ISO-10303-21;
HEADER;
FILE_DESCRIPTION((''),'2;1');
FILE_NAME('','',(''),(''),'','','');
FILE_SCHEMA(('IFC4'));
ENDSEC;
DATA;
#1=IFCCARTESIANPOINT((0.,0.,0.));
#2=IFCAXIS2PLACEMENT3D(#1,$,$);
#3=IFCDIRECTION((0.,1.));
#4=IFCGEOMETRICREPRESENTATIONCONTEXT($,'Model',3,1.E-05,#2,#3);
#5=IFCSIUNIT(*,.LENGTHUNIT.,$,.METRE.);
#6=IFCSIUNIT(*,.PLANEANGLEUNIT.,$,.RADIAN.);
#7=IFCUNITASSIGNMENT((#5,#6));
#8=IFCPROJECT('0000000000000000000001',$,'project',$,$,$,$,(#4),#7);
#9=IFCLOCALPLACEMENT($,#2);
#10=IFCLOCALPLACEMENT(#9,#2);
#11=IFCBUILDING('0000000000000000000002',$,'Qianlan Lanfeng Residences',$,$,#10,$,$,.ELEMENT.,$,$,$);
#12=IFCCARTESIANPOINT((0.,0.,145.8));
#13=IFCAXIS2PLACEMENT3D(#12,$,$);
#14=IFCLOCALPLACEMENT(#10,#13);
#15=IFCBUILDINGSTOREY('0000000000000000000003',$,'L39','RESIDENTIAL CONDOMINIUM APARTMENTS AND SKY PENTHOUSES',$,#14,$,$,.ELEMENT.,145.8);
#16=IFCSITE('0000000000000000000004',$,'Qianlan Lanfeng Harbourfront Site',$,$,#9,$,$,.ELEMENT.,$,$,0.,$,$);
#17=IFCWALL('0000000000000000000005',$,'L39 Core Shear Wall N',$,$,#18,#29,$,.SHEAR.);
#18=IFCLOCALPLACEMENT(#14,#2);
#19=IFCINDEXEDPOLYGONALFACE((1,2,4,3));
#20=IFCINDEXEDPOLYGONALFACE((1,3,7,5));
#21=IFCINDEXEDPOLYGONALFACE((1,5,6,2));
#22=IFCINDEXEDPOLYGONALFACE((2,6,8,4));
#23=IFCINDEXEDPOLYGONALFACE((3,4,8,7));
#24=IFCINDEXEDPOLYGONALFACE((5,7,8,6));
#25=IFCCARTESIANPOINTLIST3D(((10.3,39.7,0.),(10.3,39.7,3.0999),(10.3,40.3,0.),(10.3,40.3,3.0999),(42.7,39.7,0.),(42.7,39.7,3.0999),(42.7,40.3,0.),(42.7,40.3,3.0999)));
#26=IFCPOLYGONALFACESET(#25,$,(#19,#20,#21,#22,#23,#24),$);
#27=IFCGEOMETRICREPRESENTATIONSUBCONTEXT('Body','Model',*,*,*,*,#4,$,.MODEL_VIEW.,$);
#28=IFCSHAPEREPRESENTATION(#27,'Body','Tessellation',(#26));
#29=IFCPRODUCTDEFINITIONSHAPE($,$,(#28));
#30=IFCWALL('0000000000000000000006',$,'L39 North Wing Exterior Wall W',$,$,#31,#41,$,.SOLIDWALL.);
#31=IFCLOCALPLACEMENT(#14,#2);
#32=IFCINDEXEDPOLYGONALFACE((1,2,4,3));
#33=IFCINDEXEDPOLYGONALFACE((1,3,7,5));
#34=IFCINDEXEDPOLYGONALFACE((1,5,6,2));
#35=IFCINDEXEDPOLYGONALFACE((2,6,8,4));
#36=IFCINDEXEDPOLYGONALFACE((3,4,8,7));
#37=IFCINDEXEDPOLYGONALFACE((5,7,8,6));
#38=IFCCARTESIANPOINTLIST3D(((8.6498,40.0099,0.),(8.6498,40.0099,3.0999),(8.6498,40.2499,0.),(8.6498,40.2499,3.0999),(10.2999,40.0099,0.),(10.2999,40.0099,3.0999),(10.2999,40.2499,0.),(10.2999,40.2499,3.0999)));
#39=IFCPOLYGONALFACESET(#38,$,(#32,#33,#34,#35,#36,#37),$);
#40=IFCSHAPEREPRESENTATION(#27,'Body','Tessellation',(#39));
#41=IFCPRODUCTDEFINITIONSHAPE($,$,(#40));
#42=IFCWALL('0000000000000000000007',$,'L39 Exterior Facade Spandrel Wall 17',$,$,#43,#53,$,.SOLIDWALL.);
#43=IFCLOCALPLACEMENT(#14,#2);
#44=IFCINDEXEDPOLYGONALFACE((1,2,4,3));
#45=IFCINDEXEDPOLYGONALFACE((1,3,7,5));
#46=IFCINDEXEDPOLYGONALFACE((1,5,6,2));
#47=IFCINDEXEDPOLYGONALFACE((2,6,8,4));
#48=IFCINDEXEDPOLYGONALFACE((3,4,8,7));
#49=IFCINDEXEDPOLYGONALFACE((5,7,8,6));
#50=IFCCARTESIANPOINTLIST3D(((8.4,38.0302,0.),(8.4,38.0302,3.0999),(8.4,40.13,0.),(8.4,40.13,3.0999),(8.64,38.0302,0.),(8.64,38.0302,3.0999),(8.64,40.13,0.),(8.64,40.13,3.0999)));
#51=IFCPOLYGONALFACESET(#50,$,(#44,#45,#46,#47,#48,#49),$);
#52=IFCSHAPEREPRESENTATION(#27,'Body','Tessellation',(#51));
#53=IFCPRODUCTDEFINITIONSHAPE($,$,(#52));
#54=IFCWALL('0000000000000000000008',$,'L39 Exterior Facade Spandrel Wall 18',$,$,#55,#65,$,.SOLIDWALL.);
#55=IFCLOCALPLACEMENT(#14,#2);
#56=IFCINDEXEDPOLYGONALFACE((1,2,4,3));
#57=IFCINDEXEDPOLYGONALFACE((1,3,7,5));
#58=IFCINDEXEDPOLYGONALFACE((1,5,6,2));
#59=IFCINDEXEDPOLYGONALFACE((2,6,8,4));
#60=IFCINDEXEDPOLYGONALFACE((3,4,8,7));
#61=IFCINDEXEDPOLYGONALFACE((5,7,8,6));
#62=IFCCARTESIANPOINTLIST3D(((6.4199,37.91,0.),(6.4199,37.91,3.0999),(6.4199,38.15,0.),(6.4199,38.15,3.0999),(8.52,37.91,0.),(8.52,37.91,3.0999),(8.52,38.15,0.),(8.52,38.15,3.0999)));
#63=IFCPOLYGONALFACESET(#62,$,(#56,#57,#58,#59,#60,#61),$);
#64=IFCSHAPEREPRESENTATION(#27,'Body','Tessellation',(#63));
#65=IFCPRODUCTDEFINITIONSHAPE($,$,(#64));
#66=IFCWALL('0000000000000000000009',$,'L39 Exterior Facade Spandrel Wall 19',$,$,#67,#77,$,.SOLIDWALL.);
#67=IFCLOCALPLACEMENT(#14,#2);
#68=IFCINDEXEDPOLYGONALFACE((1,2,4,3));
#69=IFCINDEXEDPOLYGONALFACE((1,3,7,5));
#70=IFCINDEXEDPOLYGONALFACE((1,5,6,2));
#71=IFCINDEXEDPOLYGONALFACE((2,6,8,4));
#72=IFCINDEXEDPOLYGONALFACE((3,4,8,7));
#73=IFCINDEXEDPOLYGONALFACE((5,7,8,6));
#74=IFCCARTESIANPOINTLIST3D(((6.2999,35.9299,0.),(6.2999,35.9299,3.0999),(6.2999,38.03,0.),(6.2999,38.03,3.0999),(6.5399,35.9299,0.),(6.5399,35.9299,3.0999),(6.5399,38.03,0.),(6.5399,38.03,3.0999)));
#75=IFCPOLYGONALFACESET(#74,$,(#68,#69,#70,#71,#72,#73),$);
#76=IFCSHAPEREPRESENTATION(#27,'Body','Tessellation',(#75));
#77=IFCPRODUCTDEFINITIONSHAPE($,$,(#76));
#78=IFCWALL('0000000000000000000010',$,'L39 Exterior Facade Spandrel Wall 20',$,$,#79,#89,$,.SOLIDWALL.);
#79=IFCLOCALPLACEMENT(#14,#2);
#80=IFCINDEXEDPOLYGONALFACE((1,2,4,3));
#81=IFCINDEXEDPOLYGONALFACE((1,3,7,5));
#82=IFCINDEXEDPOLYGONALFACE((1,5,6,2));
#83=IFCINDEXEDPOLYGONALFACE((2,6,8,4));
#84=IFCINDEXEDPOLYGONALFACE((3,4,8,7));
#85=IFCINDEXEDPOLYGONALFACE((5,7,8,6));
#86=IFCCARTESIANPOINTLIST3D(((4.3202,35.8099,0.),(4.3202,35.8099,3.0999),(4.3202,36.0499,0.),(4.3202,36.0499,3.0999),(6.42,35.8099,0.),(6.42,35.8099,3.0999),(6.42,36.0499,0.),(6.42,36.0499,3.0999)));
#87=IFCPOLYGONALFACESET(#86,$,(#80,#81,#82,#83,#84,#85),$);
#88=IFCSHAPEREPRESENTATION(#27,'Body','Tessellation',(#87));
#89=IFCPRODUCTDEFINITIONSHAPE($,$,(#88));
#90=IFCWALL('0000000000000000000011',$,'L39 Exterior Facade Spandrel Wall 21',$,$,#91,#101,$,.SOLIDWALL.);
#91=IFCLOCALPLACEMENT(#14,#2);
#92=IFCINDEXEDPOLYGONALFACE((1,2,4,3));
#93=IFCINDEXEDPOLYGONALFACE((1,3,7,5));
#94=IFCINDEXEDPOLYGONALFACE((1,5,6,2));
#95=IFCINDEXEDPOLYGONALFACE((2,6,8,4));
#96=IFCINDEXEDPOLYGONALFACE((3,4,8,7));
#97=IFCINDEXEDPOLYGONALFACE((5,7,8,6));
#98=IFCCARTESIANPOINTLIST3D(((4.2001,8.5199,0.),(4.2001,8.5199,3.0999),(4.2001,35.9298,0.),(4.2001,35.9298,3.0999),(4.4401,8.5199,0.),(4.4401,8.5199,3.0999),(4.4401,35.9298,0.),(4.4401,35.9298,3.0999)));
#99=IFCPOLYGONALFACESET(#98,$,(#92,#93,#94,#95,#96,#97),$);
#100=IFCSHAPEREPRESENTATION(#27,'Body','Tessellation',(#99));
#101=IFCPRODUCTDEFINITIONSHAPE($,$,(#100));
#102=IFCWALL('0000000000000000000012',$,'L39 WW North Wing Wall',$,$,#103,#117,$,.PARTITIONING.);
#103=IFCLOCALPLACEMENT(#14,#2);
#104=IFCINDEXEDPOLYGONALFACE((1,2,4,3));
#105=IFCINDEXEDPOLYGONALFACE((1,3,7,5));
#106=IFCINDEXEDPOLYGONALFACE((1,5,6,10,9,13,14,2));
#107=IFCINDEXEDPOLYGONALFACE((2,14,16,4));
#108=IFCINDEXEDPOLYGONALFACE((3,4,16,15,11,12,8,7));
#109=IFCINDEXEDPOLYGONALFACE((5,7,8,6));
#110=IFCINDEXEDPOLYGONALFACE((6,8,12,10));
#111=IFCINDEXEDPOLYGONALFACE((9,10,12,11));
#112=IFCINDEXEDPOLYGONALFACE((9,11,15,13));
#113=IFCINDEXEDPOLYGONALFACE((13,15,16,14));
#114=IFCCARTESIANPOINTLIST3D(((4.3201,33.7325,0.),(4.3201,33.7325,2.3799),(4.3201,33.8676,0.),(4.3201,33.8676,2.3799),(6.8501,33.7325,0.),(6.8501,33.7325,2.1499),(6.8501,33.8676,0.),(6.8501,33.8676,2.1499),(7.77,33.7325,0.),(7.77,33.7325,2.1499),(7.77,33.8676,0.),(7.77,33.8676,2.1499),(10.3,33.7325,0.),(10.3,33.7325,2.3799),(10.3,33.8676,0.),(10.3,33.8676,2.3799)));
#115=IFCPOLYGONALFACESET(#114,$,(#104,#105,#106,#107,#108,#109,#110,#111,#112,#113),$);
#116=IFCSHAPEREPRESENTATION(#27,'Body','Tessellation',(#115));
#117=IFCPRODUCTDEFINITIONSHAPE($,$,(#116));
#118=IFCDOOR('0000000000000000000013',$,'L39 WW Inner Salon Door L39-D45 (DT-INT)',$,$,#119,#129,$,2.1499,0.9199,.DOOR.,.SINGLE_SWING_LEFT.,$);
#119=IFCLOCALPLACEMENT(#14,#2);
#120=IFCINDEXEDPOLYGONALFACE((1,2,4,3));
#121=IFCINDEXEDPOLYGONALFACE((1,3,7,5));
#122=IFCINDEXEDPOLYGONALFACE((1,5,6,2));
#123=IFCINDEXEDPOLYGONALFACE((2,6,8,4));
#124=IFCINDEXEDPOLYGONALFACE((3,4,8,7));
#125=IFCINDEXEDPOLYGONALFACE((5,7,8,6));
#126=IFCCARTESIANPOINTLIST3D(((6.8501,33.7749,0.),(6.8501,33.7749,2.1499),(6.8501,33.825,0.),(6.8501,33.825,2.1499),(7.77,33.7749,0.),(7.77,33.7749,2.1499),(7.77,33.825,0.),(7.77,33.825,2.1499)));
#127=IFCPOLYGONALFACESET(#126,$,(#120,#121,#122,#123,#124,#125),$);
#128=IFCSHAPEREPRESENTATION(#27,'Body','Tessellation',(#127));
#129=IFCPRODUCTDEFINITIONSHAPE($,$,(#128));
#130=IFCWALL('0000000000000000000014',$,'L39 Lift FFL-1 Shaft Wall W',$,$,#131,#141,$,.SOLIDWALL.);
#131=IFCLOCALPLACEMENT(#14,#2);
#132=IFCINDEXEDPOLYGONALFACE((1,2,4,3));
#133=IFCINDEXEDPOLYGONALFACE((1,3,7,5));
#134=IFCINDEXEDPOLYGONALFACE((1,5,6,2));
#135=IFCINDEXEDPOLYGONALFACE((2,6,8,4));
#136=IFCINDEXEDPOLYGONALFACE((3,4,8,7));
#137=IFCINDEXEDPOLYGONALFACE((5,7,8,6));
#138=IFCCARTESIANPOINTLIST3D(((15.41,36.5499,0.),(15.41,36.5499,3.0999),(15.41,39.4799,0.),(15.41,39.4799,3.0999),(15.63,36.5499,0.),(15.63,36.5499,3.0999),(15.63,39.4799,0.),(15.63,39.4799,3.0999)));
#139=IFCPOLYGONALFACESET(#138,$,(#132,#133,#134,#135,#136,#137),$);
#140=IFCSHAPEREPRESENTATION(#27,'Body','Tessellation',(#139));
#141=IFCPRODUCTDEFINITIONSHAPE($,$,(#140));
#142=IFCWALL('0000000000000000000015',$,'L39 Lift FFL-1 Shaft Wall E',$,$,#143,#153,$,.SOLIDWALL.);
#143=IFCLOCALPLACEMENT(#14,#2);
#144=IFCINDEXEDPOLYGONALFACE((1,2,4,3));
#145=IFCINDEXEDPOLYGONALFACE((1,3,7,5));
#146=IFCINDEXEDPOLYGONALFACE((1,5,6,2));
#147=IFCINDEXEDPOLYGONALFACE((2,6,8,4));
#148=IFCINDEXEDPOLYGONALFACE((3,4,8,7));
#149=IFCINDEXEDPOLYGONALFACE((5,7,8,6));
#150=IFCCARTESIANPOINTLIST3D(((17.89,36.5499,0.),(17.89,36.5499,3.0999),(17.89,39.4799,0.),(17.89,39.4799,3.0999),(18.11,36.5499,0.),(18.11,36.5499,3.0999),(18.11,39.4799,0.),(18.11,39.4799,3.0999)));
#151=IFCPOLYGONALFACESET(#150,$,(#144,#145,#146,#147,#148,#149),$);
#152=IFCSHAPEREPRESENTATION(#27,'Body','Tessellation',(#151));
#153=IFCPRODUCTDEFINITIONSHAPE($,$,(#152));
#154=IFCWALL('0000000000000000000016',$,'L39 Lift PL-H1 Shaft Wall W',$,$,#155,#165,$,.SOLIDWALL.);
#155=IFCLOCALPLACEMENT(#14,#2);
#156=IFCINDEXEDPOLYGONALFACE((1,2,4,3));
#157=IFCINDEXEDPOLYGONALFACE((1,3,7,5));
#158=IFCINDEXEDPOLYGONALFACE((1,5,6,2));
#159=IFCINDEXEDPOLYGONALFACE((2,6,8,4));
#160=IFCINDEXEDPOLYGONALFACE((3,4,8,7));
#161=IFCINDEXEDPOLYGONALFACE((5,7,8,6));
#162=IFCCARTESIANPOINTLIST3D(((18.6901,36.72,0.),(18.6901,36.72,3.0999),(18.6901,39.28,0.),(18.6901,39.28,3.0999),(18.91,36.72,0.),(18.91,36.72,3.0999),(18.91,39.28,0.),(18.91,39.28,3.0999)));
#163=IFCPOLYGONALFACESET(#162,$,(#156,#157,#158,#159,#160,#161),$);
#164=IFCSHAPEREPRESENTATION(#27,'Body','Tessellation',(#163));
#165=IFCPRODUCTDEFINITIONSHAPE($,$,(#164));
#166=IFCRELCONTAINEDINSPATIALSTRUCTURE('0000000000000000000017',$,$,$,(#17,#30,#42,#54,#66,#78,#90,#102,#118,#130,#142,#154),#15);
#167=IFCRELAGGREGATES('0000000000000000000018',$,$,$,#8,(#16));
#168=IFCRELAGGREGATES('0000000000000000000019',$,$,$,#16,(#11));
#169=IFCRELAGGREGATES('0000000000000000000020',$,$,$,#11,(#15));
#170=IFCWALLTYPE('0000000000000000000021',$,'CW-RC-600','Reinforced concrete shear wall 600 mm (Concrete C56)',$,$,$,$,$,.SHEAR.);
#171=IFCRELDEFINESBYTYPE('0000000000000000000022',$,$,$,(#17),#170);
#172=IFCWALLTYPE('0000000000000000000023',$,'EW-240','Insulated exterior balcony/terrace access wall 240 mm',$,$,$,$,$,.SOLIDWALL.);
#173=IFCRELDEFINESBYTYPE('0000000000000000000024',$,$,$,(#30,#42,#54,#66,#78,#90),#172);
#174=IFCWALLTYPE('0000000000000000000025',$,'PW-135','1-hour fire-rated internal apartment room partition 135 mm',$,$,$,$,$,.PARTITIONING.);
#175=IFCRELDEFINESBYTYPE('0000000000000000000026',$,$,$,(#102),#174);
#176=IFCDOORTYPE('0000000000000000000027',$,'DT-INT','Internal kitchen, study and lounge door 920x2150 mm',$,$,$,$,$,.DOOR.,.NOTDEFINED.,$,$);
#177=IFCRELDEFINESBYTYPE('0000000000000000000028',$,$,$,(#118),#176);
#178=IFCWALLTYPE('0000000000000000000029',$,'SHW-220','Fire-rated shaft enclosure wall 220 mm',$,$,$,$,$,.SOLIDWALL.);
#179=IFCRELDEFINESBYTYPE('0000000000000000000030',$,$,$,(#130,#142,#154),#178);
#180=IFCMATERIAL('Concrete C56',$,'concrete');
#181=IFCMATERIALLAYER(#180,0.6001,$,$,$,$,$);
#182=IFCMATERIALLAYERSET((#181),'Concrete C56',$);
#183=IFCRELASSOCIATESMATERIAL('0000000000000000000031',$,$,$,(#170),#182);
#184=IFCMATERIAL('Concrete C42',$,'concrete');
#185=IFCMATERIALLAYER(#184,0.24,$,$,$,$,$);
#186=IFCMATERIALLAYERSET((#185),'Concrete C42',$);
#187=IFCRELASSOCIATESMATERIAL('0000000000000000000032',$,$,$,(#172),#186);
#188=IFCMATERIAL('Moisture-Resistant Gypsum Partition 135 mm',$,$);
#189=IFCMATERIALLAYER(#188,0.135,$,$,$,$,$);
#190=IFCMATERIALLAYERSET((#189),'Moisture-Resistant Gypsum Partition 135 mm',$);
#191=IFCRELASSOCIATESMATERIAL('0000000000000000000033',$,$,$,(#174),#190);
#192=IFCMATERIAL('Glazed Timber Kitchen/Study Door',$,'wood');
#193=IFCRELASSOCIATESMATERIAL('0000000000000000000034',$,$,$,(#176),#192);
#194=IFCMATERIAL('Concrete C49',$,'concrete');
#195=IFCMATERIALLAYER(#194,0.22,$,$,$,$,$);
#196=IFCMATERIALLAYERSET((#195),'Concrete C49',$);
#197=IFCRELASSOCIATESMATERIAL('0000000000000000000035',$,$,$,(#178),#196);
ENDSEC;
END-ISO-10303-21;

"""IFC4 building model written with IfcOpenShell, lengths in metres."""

from ifc_helpers import new_model, si_unit, direction, frame, frame_2d, origin, place, context, subcontext, project, spatial, rectangle, extrude, material, layer, layer_set, type_object, element, fill, save


model = new_model("IFC4")

# Units and contexts
model_context = context("Model", 3, precision=1e-05, world=origin(), true_north=direction((0.0, 1.0)))
body_context = subcontext(model_context, "Body", "Model", "MODEL_VIEW")
ifc_project = project(units=[si_unit("LENGTHUNIT", "METRE"), si_unit("PLANEANGLEUNIT", "RADIAN")], contexts=[model_context])

# Site, building, storey
site_placement = place(None, origin())
site = spatial("IfcSite", under=ifc_project, at=site_placement, Name="Qianlan Lanfeng Harbourfront Site", CompositionType="ELEMENT", RefElevation=0.0)
building_placement = place(site_placement, origin())
building = spatial("IfcBuilding", under=site, at=building_placement, Name="Qianlan Lanfeng Residences", CompositionType="ELEMENT")
storey_placement = place(building_placement, frame((0.0, 0.0, 145.8)))
storey = spatial("IfcBuildingStorey", under=building, at=storey_placement, Name="L39", Description="RESIDENTIAL CONDOMINIUM APARTMENTS AND SKY PENTHOUSES", CompositionType="ELEMENT", Elevation=145.8)

# Shared definitions
ifc_material_1 = material(Name="Concrete C56", Category="concrete")

# Walls
ifc_layer_1 = layer(ifc_material_1, 0.6001)
ifc_layer_set_1 = layer_set([ifc_layer_1], Name="Concrete C56")
wall_type_1 = type_object("IfcWallType", Name="CW-RC-600", Description="Reinforced concrete shear wall 600 mm (Concrete C56)", PredefinedType="SHEAR", material=ifc_layer_set_1)
wall_1_placement = place(storey_placement, frame((10.3, 40.0, 0.0), z_axis=(0.0, 0.0, 1.0), x_axis=(1.0, 0.0, 0.0)))
element("IfcWall", 1, at=wall_1_placement, inside=storey, type_object=wall_type_1, Name="L39 Core Shear Wall N", PredefinedType="SHEAR", context=body_context, shape_type="SweptSolid", body=[
    extrude(rectangle(XDim=32.3999, YDim=0.6001, at=frame_2d((16.2, 0.0))), origin(), (0.0, 0.0, 1.0), 3.0999),
])
ifc_material_2 = material(Name="Concrete C42", Category="concrete")
ifc_layer_2 = layer(ifc_material_2, 0.24)
ifc_layer_set_2 = layer_set([ifc_layer_2], Name="Concrete C42")
wall_type_2 = type_object("IfcWallType", Name="EW-240", Description="Insulated exterior balcony/terrace access wall 240 mm", PredefinedType="SOLIDWALL", material=ifc_layer_set_2)
wall_2_placement = place(storey_placement, frame((10.3, 40.1299, 0.0), z_axis=(0.0, 0.0, 1.0), x_axis=(-1.0, 0.0, 0.0)))
element("IfcWall", 2, at=wall_2_placement, inside=storey, type_object=wall_type_2, Name="L39 North Wing Exterior Wall W", PredefinedType="SOLIDWALL", context=body_context, shape_type="SweptSolid", body=[
    extrude(rectangle(XDim=1.6501, YDim=0.24, at=frame_2d((0.8252, 0.0))), origin(), (0.0, 0.0, 1.0), 3.0999),
])
wall_3_placement = place(storey_placement, frame((8.52, 40.1299, 0.0), z_axis=(0.0, 0.0, 1.0), x_axis=(0.0, -1.0, 0.0)))
element("IfcWall", 3, at=wall_3_placement, inside=storey, type_object=wall_type_2, Name="L39 Exterior Facade Spandrel Wall 17", PredefinedType="SOLIDWALL", context=body_context, shape_type="SweptSolid", body=[
    extrude(rectangle(XDim=2.0999, YDim=0.24, at=frame_2d((1.0498, 0.0))), origin(), (0.0, 0.0, 1.0), 3.0999),
])
for number, where, z_axis, x_axis, name in (
    (4, (8.52, 38.03, 0.0), (0.0, 0.0, 1.0), (-1.0, 0.0, 0.0), "L39 Exterior Facade Spandrel Wall 18"),
    (5, (6.4199, 38.03, 0.0), (0.0, 0.0, 1.0), (0.0, -1.0, 0.0), "L39 Exterior Facade Spandrel Wall 19"),
):
    element("IfcWall", number, at=place(storey_placement, frame(where, z_axis=z_axis, x_axis=x_axis)), inside=storey, type_object=wall_type_2, Name=name, PredefinedType="SOLIDWALL", context=body_context, shape_type="SweptSolid", body=[
        extrude(rectangle(XDim=2.1001, YDim=0.24, at=frame_2d((1.05, 0.0))), origin(), (0.0, 0.0, 1.0), 3.0999),
    ])
wall_4_placement = place(storey_placement, frame((6.4199, 35.9299, 0.0), z_axis=(0.0, 0.0, 1.0), x_axis=(-1.0, 0.0, 0.0)))
element("IfcWall", 6, at=wall_4_placement, inside=storey, type_object=wall_type_2, Name="L39 Exterior Facade Spandrel Wall 20", PredefinedType="SOLIDWALL", context=body_context, shape_type="SweptSolid", body=[
    extrude(rectangle(XDim=2.0999, YDim=0.24, at=frame_2d((1.0498, 0.0))), origin(), (0.0, 0.0, 1.0), 3.0999),
])
wall_5_placement = place(storey_placement, frame((4.3201, 35.9299, 0.0), z_axis=(0.0, 0.0, 1.0), x_axis=(0.0, -1.0, 0.0)))
element("IfcWall", 7, at=wall_5_placement, inside=storey, type_object=wall_type_2, Name="L39 Exterior Facade Spandrel Wall 21", PredefinedType="SOLIDWALL", context=body_context, shape_type="SweptSolid", body=[
    extrude(rectangle(XDim=27.4099, YDim=0.24, at=frame_2d((13.7051, 0.0))), origin(), (0.0, 0.0, 1.0), 3.0999),
])

# Wall, opening, door
ifc_material_3 = material(Name="Moisture-Resistant Gypsum Partition 135 mm")
ifc_layer_3 = layer(ifc_material_3, 0.135)
ifc_layer_set_3 = layer_set([ifc_layer_3], Name="Moisture-Resistant Gypsum Partition 135 mm")
wall_type_3 = type_object("IfcWallType", Name="PW-135", Description="1-hour fire-rated internal apartment room partition 135 mm", PredefinedType="PARTITIONING", material=ifc_layer_set_3)
wall_6_placement = place(storey_placement, frame((4.3201, 33.8, 0.0), z_axis=(0.0, 0.0, 1.0), x_axis=(1.0, 0.0, 0.0)))
wall_6 = element("IfcWall", 8, at=wall_6_placement, inside=storey, type_object=wall_type_3, Name="L39 WW North Wing Wall", PredefinedType="PARTITIONING", context=body_context, shape_type="SweptSolid", body=[
    extrude(rectangle(XDim=5.98, YDim=0.135, at=frame_2d((2.99, 0.0))), origin(), (0.0, 0.0, 1.0), 2.3799),
])
opening_1_placement = place(wall_6_placement, frame((2.53, 0.0, 0.0)))
opening_1 = element("IfcOpeningElement", 9, at=opening_1_placement, cuts=wall_6, PredefinedType="OPENING", context=body_context, shape_type="SweptSolid", body=[
    extrude(rectangle(XDim=0.9199, YDim=2.1499, at=frame_2d((0.46, 1.075))), frame((0.0, 0.0776, 0.0), z_axis=(0.0, -1.0, 0.0), x_axis=(1.0, 0.0, 0.0)), (0.0, 0.0, 1.0), 0.155),
])
ifc_material_4 = material(Name="Glazed Timber Kitchen/Study Door", Category="wood")
door_type_1 = type_object("IfcDoorType", Name="DT-INT", Description="Internal kitchen, study and lounge door 920x2150 mm", OperationType="NOTDEFINED", PredefinedType="DOOR", material=ifc_material_4)
door_1_placement = place(opening_1_placement, origin())
door_1 = element("IfcDoor", 10, at=door_1_placement, inside=storey, type_object=door_type_1, Name="L39 WW Inner Salon Door L39-D45 (DT-INT)", OperationType="SINGLE_SWING_LEFT", OverallHeight=2.1499, OverallWidth=0.9199, PredefinedType="DOOR", context=body_context, shape_type="SweptSolid", body=[
    extrude(rectangle(XDim=0.9199, YDim=2.1499, at=frame_2d((0.46, 1.075))), frame((0.0, 0.0249, 0.0), z_axis=(0.0, -1.0, 0.0), x_axis=(1.0, 0.0, 0.0)), (0.0, 0.0, 1.0), 0.05),
])
fill(opening_1, door_1)

# Walls
ifc_material_5 = material(Name="Concrete C49", Category="concrete")
ifc_layer_4 = layer(ifc_material_5, 0.22)
ifc_layer_set_4 = layer_set([ifc_layer_4], Name="Concrete C49")
wall_type_4 = type_object("IfcWallType", Name="SHW-220", Description="Fire-rated shaft enclosure wall 220 mm", PredefinedType="SOLIDWALL", material=ifc_layer_set_4)
for number, where, z_axis, x_axis, name in (
    (11, (15.52, 36.55, 0.0), (0.0, 0.0, 1.0), (0.0, 1.0, 0.0), "L39 Lift FFL-1 Shaft Wall W"),
    (12, (18.0, 36.55, 0.0), (0.0, 0.0, 1.0), (0.0, 1.0, 0.0), "L39 Lift FFL-1 Shaft Wall E"),
):
    element("IfcWall", number, at=place(storey_placement, frame(where, z_axis=z_axis, x_axis=x_axis)), inside=storey, type_object=wall_type_4, Name=name, PredefinedType="SOLIDWALL", context=body_context, shape_type="SweptSolid", body=[
        extrude(rectangle(XDim=2.9299, YDim=0.22, at=frame_2d((1.4648, 0.0))), origin(), (0.0, 0.0, 1.0), 3.0999),
    ])
wall_7_placement = place(storey_placement, frame((18.8, 36.72, 0.0), z_axis=(0.0, 0.0, 1.0), x_axis=(0.0, 1.0, 0.0)))
element("IfcWall", 13, at=wall_7_placement, inside=storey, type_object=wall_type_4, Name="L39 Lift PL-H1 Shaft Wall W", PredefinedType="SOLIDWALL", context=body_context, shape_type="SweptSolid", body=[
    extrude(rectangle(XDim=2.5601, YDim=0.22, at=frame_2d((1.28, 0.0))), origin(), (0.0, 0.0, 1.0), 3.0999),
])

save(model, "model.ifc")
